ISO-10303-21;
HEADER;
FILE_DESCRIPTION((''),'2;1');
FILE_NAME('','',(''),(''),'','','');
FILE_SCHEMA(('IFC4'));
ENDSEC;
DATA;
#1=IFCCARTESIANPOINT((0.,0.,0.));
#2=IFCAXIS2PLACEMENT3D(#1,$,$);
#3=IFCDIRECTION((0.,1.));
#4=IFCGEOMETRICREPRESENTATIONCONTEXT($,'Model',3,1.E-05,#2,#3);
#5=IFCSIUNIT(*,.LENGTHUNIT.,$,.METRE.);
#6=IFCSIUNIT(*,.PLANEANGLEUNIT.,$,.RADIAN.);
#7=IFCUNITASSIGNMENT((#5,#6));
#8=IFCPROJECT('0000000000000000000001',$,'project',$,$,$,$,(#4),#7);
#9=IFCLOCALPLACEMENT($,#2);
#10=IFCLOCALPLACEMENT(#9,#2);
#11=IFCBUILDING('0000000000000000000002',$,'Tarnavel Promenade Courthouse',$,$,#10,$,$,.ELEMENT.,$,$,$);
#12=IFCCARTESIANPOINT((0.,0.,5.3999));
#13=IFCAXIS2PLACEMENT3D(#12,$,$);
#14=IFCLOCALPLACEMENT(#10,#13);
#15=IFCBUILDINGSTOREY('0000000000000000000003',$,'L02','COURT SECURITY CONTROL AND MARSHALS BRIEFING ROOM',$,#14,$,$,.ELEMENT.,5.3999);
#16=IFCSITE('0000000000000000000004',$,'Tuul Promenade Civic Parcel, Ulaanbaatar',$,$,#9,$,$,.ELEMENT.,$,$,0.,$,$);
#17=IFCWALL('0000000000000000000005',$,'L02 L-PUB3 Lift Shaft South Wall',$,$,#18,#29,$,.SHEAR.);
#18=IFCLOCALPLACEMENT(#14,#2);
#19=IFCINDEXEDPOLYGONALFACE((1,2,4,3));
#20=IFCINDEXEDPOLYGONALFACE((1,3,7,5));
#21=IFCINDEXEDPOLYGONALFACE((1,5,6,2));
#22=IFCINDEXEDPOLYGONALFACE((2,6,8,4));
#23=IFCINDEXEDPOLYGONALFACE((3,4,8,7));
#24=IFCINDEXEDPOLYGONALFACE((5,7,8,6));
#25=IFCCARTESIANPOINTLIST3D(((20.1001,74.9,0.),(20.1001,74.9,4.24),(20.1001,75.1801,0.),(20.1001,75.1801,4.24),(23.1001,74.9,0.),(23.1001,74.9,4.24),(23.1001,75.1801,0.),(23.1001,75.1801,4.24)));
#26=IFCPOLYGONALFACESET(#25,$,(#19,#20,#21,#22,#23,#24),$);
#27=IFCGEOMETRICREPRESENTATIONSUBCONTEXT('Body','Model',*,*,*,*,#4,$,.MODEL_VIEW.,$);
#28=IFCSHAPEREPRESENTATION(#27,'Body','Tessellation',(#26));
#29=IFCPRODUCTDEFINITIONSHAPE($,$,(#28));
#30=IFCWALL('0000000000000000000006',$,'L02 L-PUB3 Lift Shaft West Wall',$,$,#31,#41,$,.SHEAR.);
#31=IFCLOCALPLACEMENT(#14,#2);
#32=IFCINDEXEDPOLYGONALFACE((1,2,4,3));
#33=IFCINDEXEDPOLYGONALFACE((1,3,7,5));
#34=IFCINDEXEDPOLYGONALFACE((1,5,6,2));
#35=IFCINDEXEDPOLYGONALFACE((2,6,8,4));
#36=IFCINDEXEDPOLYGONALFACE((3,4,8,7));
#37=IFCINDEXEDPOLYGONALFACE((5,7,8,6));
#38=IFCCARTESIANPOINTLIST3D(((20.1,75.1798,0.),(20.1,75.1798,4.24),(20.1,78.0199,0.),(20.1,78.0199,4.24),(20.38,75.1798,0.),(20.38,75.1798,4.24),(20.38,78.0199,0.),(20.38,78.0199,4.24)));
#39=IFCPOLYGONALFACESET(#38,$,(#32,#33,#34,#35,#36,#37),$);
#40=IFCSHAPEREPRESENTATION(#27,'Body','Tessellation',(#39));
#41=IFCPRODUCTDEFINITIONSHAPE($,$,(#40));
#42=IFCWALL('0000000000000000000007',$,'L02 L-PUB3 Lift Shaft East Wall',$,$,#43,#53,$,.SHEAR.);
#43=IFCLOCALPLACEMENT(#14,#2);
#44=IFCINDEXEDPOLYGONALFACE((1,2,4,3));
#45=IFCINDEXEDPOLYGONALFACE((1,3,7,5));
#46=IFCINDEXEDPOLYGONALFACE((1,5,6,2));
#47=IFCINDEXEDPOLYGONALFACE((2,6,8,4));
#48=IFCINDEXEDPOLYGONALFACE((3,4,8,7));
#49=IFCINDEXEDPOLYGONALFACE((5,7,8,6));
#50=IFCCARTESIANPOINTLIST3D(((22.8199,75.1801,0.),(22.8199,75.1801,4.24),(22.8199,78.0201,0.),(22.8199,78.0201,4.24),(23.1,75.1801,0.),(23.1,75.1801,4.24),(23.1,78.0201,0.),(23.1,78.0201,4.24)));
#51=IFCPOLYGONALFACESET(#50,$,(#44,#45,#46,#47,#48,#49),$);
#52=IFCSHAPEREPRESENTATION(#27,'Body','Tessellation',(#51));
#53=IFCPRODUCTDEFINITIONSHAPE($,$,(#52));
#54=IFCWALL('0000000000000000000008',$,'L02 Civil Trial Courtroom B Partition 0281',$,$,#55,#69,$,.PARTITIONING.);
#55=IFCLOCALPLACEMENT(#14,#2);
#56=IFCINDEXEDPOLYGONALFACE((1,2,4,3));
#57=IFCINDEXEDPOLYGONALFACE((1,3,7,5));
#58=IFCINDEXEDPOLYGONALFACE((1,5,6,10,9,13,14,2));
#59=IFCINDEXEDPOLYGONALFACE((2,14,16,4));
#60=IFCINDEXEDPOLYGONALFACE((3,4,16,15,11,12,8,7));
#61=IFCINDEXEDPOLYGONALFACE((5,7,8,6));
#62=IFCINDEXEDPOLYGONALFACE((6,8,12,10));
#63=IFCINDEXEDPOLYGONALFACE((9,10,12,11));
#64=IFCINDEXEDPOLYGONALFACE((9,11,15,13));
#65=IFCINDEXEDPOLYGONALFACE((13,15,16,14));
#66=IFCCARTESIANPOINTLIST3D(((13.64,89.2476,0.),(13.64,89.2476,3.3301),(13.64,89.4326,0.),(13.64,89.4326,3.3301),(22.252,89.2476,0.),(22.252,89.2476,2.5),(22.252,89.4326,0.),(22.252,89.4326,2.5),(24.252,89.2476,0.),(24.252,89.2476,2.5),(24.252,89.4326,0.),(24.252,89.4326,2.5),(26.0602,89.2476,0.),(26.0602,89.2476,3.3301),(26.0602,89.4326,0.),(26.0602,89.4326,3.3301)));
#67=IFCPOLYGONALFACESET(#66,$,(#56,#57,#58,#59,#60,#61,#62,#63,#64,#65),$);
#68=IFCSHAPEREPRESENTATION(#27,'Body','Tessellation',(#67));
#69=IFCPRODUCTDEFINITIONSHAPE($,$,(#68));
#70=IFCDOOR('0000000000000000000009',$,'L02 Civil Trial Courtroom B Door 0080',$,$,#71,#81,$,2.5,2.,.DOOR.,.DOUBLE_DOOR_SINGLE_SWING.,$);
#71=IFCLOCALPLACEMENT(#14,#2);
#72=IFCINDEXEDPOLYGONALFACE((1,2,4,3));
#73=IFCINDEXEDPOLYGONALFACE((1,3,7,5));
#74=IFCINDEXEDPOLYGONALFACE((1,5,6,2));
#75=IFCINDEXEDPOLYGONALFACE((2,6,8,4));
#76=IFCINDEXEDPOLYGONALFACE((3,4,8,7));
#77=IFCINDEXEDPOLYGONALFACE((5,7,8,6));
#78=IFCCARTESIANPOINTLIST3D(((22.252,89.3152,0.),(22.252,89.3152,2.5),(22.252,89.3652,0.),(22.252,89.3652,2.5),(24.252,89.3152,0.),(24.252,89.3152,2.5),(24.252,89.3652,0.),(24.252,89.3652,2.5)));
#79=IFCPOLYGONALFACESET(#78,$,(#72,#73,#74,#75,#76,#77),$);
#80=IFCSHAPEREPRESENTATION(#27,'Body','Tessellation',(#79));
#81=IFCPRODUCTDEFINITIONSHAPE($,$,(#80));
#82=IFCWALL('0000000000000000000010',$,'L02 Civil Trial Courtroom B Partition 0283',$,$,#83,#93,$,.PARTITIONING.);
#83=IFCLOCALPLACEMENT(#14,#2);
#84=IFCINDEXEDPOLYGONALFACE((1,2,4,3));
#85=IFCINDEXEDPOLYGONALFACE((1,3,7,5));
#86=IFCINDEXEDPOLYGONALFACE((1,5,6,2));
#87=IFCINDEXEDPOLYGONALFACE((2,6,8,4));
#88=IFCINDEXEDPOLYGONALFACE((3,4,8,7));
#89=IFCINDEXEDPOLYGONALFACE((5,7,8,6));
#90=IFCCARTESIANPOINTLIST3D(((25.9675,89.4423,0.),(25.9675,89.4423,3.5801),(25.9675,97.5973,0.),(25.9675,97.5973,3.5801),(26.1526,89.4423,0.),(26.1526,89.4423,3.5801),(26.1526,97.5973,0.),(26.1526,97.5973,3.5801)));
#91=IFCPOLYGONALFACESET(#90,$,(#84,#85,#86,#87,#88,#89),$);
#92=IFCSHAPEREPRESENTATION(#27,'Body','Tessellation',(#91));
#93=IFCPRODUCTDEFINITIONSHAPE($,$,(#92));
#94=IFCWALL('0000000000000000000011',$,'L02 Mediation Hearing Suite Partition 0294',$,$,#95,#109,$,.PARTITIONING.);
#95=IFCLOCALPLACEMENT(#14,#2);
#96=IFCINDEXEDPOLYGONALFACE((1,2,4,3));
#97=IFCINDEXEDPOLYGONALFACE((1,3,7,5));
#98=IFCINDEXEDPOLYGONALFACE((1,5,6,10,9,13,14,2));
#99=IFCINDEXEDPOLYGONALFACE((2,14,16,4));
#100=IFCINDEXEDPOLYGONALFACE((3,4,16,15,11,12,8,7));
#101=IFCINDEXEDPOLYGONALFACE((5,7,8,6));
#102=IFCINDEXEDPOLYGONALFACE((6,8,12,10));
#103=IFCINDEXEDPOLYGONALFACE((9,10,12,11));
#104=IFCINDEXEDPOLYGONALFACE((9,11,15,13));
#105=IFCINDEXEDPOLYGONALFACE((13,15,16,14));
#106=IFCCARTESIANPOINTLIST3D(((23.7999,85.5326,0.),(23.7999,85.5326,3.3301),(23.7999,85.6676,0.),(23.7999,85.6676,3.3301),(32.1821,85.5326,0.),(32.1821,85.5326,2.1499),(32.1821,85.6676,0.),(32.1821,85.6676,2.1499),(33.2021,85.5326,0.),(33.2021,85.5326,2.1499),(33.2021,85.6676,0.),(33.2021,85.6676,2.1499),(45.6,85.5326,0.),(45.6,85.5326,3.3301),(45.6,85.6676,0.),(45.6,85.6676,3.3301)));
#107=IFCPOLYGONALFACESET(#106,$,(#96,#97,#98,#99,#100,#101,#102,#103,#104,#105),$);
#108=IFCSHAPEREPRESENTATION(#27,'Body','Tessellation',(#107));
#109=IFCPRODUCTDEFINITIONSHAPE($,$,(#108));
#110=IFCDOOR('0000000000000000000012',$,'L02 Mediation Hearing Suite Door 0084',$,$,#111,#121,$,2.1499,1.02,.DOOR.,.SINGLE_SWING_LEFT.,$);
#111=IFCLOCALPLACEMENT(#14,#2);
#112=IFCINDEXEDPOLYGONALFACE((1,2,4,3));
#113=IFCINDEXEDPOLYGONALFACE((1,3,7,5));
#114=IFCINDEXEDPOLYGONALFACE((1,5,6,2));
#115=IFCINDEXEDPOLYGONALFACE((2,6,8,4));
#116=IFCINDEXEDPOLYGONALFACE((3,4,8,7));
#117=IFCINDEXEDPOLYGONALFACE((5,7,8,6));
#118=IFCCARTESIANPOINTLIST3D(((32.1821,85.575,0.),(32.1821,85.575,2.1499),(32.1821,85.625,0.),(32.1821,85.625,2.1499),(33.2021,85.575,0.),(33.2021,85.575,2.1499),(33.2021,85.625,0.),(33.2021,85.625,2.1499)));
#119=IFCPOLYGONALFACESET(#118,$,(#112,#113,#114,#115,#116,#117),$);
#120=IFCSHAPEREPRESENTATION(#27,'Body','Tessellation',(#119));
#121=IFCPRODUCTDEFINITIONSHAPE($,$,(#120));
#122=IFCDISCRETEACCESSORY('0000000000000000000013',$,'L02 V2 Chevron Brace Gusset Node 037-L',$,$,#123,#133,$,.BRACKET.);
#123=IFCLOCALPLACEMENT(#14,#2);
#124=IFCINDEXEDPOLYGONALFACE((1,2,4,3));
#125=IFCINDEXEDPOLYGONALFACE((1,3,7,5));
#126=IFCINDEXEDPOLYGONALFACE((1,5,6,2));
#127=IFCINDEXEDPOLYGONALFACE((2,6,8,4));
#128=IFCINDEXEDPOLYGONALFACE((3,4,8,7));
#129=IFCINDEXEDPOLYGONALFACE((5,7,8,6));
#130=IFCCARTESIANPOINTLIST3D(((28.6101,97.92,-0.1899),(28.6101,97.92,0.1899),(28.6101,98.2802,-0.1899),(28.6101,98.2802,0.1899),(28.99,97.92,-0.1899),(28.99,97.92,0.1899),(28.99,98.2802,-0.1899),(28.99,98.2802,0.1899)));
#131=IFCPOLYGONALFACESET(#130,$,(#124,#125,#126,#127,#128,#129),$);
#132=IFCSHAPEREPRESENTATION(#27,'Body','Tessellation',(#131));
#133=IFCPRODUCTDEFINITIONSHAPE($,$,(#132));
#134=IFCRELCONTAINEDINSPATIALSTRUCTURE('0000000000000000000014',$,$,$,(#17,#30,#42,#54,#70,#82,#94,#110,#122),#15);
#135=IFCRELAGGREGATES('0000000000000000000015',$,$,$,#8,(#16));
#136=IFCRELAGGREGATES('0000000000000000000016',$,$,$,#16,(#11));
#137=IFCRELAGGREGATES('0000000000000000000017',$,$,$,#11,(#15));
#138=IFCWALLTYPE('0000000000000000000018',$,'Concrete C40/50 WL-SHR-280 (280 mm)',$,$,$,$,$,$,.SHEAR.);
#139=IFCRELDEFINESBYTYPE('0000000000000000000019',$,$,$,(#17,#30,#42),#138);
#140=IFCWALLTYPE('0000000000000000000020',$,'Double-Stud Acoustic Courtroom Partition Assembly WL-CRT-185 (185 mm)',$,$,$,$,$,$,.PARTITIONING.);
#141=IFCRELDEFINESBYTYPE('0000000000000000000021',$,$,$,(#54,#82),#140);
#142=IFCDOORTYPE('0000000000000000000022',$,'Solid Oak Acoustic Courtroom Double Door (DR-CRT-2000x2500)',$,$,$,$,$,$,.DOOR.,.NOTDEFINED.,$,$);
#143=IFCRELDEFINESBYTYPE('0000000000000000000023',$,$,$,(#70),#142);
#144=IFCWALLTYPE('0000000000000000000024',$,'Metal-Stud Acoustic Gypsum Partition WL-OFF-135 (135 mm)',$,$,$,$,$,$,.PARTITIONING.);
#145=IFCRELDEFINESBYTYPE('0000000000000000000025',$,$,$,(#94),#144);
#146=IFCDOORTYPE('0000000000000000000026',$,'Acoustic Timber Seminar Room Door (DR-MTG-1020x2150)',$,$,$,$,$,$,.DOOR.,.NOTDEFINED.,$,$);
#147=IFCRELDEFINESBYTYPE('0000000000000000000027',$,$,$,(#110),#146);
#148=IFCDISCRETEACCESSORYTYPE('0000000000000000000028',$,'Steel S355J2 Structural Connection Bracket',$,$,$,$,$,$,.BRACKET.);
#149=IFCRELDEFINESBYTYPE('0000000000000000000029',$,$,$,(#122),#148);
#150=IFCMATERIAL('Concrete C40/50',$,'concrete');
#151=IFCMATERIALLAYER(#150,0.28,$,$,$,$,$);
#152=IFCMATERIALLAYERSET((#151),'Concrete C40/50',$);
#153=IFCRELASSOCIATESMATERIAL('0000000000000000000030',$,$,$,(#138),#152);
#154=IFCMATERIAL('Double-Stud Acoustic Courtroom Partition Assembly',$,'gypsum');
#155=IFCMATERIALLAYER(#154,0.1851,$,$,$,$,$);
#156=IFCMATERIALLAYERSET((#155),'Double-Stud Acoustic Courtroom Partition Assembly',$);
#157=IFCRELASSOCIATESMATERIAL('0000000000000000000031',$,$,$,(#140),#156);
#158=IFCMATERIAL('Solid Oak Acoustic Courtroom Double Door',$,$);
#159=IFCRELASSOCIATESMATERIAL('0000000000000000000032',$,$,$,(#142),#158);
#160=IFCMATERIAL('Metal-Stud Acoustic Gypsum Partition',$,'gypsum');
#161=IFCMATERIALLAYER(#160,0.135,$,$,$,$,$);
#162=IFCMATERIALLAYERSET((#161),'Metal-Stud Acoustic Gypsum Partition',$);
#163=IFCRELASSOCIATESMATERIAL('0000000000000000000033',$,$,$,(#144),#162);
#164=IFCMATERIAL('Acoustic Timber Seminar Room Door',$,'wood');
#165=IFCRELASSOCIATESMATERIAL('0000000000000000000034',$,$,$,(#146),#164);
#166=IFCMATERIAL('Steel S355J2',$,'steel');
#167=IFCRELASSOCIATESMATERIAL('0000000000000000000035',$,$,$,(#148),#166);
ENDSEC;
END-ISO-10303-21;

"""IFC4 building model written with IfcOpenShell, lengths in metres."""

from ifc_helpers import new_model, si_unit, direction, frame, frame_2d, origin, origin_2d, place, context, subcontext, project, spatial, rectangle, extrude, material, layer, layer_set, type_object, element, fill, save


model = new_model("IFC4")

# Units and contexts
model_context = context("Model", 3, precision=1e-05, world=origin(), true_north=direction((0.0, 1.0)))
body_context = subcontext(model_context, "Body", "Model", "MODEL_VIEW")
ifc_project = project(units=[si_unit("LENGTHUNIT", "METRE"), si_unit("PLANEANGLEUNIT", "RADIAN")], contexts=[model_context])

# Site, building, storey
site_placement = place(None, origin())
site = spatial("IfcSite", under=ifc_project, at=site_placement, Name="Tuul Promenade Civic Parcel, Ulaanbaatar", CompositionType="ELEMENT", RefElevation=0.0)
building_placement = place(site_placement, origin())
building = spatial("IfcBuilding", under=site, at=building_placement, Name="Tarnavel Promenade Courthouse", CompositionType="ELEMENT")
storey_placement = place(building_placement, frame((0.0, 0.0, 5.3999)))
storey = spatial("IfcBuildingStorey", under=building, at=storey_placement, Name="L02", Description="COURT SECURITY CONTROL AND MARSHALS BRIEFING ROOM", CompositionType="ELEMENT", Elevation=5.3999)

# Shared definitions
ifc_material_1 = material(Name="Concrete C40/50", Category="concrete")

# Shared definitions
ifc_material_2 = material(Name="Steel S355J2", Category="steel")

# Walls
ifc_layer_1 = layer(ifc_material_1, 0.28)
ifc_layer_set_1 = layer_set([ifc_layer_1], Name="Concrete C40/50")
wall_type_1 = type_object("IfcWallType", Name="Concrete C40/50 WL-SHR-280 (280 mm)", PredefinedType="SHEAR", material=ifc_layer_set_1)
wall_1_placement = place(storey_placement, frame((23.1001, 75.04, 0.0), z_axis=(0.0, 0.0, 1.0), x_axis=(-1.0, 0.0, 0.0)))
element("IfcWall", 1, at=wall_1_placement, inside=storey, type_object=wall_type_1, Name="L02 L-PUB3 Lift Shaft South Wall", PredefinedType="SHEAR", context=body_context, shape_type="SweptSolid", body=[
    extrude(rectangle(XDim=3.0, YDim=0.28, at=frame_2d((1.5, 0.0))), origin(), (0.0, 0.0, 1.0), 4.24),
])
for number, where, z_axis, x_axis, name in (
    (2, (20.24, 75.1799, 0.0), (0.0, 0.0, 1.0), (0.0, 1.0, 0.0), "L02 L-PUB3 Lift Shaft West Wall"),
    (3, (22.96, 78.02, 0.0), (0.0, 0.0, 1.0), (0.0, -1.0, 0.0), "L02 L-PUB3 Lift Shaft East Wall"),
):
    element("IfcWall", number, at=place(storey_placement, frame(where, z_axis=z_axis, x_axis=x_axis)), inside=storey, type_object=wall_type_1, Name=name, PredefinedType="SHEAR", context=body_context, shape_type="SweptSolid", body=[
        extrude(rectangle(XDim=2.8401, YDim=0.28, at=frame_2d((1.4199, 0.0))), origin(), (0.0, 0.0, 1.0), 4.24),
    ])

# Wall, opening, door
ifc_material_3 = material(Name="Double-Stud Acoustic Courtroom Partition Assembly", Category="gypsum")
ifc_layer_2 = layer(ifc_material_3, 0.1851)
ifc_layer_set_2 = layer_set([ifc_layer_2], Name="Double-Stud Acoustic Courtroom Partition Assembly")
wall_type_2 = type_object("IfcWallType", Name="Double-Stud Acoustic Courtroom Partition Assembly WL-CRT-185 (185 mm)", PredefinedType="PARTITIONING", material=ifc_layer_set_2)
wall_2_placement = place(storey_placement, frame((26.0601, 89.3401, 0.0), z_axis=(0.0, 0.0, 1.0), x_axis=(-1.0, 0.0, 0.0)))
wall_2 = element("IfcWall", 4, at=wall_2_placement, inside=storey, type_object=wall_type_2, Name="L02 Civil Trial Courtroom B Partition 0281", PredefinedType="PARTITIONING", context=body_context, shape_type="SweptSolid", body=[
    extrude(rectangle(XDim=12.4202, YDim=0.1851, at=frame_2d((6.21, 0.0))), origin(), (0.0, 0.0, 1.0), 3.3301),
])
opening_1_placement = place(wall_2_placement, frame((1.8081, 0.0, 0.0)))
opening_1 = element("IfcOpeningElement", 5, at=opening_1_placement, cuts=wall_2, PredefinedType="OPENING", context=body_context, shape_type="SweptSolid", body=[
    extrude(rectangle(XDim=2.0, YDim=2.5, at=frame_2d((1.0, 1.25))), frame((0.0, 0.1025, 0.0), z_axis=(0.0, -1.0, 0.0), x_axis=(1.0, 0.0, 0.0)), (0.0, 0.0, 1.0), 0.2051),
])
ifc_material_4 = material(Name="Solid Oak Acoustic Courtroom Double Door")
door_type_1 = type_object("IfcDoorType", Name="Solid Oak Acoustic Courtroom Double Door (DR-CRT-2000x2500)", OperationType="NOTDEFINED", PredefinedType="DOOR", material=ifc_material_4)
door_1_placement = place(opening_1_placement, origin())
door_1 = element("IfcDoor", 6, at=door_1_placement, inside=storey, type_object=door_type_1, Name="L02 Civil Trial Courtroom B Door 0080", OperationType="DOUBLE_DOOR_SINGLE_SWING", OverallHeight=2.5, OverallWidth=2.0, PredefinedType="DOOR", context=body_context, shape_type="SweptSolid", body=[
    extrude(rectangle(XDim=2.0, YDim=2.5, at=frame_2d((1.0, 1.25))), frame((0.0, 0.0249, 0.0), z_axis=(0.0, -1.0, 0.0), x_axis=(1.0, 0.0, 0.0)), (0.0, 0.0, 1.0), 0.05),
])
fill(opening_1, door_1)

# Wall
wall_3_placement = place(storey_placement, frame((26.0601, 97.5974, 0.0), z_axis=(0.0, 0.0, 1.0), x_axis=(0.0, -1.0, 0.0)))
element("IfcWall", 7, at=wall_3_placement, inside=storey, type_object=wall_type_2, Name="L02 Civil Trial Courtroom B Partition 0283", PredefinedType="PARTITIONING", context=body_context, shape_type="SweptSolid", body=[
    extrude(rectangle(XDim=8.155, YDim=0.1851, at=frame_2d((4.0776, 0.0))), origin(), (0.0, 0.0, 1.0), 3.5801),
])

# Wall, opening, door
ifc_material_5 = material(Name="Metal-Stud Acoustic Gypsum Partition", Category="gypsum")
ifc_layer_3 = layer(ifc_material_5, 0.135)
ifc_layer_set_3 = layer_set([ifc_layer_3], Name="Metal-Stud Acoustic Gypsum Partition")
wall_type_3 = type_object("IfcWallType", Name="Metal-Stud Acoustic Gypsum Partition WL-OFF-135 (135 mm)", PredefinedType="PARTITIONING", material=ifc_layer_set_3)
wall_4_placement = place(storey_placement, frame((23.8, 85.6001, 0.0), z_axis=(0.0, 0.0, 1.0), x_axis=(1.0, 0.0, 0.0)))
wall_4 = element("IfcWall", 8, at=wall_4_placement, inside=storey, type_object=wall_type_3, Name="L02 Mediation Hearing Suite Partition 0294", PredefinedType="PARTITIONING", context=body_context, shape_type="SweptSolid", body=[
    extrude(rectangle(XDim=21.8, YDim=0.135, at=frame_2d((10.8999, 0.0))), origin(), (0.0, 0.0, 1.0), 3.3301),
])
opening_2_placement = place(wall_4_placement, frame((8.3821, 0.0, 0.0)))
opening_2 = element("IfcOpeningElement", 9, at=opening_2_placement, cuts=wall_4, PredefinedType="OPENING", context=body_context, shape_type="SweptSolid", body=[
    extrude(rectangle(XDim=1.02, YDim=2.1499, at=frame_2d((0.51, 1.075))), frame((0.0, 0.0774, 0.0), z_axis=(0.0, -1.0, 0.0), x_axis=(1.0, 0.0, 0.0)), (0.0, 0.0, 1.0), 0.155),
])
ifc_material_6 = material(Name="Acoustic Timber Seminar Room Door", Category="wood")
door_type_2 = type_object("IfcDoorType", Name="Acoustic Timber Seminar Room Door (DR-MTG-1020x2150)", OperationType="NOTDEFINED", PredefinedType="DOOR", material=ifc_material_6)
door_2_placement = place(opening_2_placement, origin())
door_2 = element("IfcDoor", 10, at=door_2_placement, inside=storey, type_object=door_type_2, Name="L02 Mediation Hearing Suite Door 0084", OperationType="SINGLE_SWING_LEFT", OverallHeight=2.1499, OverallWidth=1.02, PredefinedType="DOOR", context=body_context, shape_type="SweptSolid", body=[
    extrude(rectangle(XDim=1.02, YDim=2.1499, at=frame_2d((0.51, 1.075))), frame((0.0, 0.0249, 0.0), z_axis=(0.0, -1.0, 0.0), x_axis=(1.0, 0.0, 0.0)), (0.0, 0.0, 1.0), 0.05),
])
fill(opening_2, door_2)

# Discrete accessory
discrete_accessory_type = type_object("IfcDiscreteAccessoryType", Name="Steel S355J2 Structural Connection Bracket", PredefinedType="BRACKET", material=ifc_material_2)
discrete_accessory_placement = place(storey_placement, frame((28.8, 98.1001, -0.1899), z_axis=(0.0, 0.0, 1.0), x_axis=(1.0, 0.0, 0.0)))
element("IfcDiscreteAccessory", 11, at=discrete_accessory_placement, inside=storey, type_object=discrete_accessory_type, Name="L02 V2 Chevron Brace Gusset Node 037-L", PredefinedType="BRACKET", context=body_context, shape_type="SweptSolid", body=[
    extrude(rectangle(XDim=0.3799, YDim=0.3601, at=origin_2d()), origin(), (0.0, 0.0, 1.0), 0.3799),
])

save(model, "model.ifc")
